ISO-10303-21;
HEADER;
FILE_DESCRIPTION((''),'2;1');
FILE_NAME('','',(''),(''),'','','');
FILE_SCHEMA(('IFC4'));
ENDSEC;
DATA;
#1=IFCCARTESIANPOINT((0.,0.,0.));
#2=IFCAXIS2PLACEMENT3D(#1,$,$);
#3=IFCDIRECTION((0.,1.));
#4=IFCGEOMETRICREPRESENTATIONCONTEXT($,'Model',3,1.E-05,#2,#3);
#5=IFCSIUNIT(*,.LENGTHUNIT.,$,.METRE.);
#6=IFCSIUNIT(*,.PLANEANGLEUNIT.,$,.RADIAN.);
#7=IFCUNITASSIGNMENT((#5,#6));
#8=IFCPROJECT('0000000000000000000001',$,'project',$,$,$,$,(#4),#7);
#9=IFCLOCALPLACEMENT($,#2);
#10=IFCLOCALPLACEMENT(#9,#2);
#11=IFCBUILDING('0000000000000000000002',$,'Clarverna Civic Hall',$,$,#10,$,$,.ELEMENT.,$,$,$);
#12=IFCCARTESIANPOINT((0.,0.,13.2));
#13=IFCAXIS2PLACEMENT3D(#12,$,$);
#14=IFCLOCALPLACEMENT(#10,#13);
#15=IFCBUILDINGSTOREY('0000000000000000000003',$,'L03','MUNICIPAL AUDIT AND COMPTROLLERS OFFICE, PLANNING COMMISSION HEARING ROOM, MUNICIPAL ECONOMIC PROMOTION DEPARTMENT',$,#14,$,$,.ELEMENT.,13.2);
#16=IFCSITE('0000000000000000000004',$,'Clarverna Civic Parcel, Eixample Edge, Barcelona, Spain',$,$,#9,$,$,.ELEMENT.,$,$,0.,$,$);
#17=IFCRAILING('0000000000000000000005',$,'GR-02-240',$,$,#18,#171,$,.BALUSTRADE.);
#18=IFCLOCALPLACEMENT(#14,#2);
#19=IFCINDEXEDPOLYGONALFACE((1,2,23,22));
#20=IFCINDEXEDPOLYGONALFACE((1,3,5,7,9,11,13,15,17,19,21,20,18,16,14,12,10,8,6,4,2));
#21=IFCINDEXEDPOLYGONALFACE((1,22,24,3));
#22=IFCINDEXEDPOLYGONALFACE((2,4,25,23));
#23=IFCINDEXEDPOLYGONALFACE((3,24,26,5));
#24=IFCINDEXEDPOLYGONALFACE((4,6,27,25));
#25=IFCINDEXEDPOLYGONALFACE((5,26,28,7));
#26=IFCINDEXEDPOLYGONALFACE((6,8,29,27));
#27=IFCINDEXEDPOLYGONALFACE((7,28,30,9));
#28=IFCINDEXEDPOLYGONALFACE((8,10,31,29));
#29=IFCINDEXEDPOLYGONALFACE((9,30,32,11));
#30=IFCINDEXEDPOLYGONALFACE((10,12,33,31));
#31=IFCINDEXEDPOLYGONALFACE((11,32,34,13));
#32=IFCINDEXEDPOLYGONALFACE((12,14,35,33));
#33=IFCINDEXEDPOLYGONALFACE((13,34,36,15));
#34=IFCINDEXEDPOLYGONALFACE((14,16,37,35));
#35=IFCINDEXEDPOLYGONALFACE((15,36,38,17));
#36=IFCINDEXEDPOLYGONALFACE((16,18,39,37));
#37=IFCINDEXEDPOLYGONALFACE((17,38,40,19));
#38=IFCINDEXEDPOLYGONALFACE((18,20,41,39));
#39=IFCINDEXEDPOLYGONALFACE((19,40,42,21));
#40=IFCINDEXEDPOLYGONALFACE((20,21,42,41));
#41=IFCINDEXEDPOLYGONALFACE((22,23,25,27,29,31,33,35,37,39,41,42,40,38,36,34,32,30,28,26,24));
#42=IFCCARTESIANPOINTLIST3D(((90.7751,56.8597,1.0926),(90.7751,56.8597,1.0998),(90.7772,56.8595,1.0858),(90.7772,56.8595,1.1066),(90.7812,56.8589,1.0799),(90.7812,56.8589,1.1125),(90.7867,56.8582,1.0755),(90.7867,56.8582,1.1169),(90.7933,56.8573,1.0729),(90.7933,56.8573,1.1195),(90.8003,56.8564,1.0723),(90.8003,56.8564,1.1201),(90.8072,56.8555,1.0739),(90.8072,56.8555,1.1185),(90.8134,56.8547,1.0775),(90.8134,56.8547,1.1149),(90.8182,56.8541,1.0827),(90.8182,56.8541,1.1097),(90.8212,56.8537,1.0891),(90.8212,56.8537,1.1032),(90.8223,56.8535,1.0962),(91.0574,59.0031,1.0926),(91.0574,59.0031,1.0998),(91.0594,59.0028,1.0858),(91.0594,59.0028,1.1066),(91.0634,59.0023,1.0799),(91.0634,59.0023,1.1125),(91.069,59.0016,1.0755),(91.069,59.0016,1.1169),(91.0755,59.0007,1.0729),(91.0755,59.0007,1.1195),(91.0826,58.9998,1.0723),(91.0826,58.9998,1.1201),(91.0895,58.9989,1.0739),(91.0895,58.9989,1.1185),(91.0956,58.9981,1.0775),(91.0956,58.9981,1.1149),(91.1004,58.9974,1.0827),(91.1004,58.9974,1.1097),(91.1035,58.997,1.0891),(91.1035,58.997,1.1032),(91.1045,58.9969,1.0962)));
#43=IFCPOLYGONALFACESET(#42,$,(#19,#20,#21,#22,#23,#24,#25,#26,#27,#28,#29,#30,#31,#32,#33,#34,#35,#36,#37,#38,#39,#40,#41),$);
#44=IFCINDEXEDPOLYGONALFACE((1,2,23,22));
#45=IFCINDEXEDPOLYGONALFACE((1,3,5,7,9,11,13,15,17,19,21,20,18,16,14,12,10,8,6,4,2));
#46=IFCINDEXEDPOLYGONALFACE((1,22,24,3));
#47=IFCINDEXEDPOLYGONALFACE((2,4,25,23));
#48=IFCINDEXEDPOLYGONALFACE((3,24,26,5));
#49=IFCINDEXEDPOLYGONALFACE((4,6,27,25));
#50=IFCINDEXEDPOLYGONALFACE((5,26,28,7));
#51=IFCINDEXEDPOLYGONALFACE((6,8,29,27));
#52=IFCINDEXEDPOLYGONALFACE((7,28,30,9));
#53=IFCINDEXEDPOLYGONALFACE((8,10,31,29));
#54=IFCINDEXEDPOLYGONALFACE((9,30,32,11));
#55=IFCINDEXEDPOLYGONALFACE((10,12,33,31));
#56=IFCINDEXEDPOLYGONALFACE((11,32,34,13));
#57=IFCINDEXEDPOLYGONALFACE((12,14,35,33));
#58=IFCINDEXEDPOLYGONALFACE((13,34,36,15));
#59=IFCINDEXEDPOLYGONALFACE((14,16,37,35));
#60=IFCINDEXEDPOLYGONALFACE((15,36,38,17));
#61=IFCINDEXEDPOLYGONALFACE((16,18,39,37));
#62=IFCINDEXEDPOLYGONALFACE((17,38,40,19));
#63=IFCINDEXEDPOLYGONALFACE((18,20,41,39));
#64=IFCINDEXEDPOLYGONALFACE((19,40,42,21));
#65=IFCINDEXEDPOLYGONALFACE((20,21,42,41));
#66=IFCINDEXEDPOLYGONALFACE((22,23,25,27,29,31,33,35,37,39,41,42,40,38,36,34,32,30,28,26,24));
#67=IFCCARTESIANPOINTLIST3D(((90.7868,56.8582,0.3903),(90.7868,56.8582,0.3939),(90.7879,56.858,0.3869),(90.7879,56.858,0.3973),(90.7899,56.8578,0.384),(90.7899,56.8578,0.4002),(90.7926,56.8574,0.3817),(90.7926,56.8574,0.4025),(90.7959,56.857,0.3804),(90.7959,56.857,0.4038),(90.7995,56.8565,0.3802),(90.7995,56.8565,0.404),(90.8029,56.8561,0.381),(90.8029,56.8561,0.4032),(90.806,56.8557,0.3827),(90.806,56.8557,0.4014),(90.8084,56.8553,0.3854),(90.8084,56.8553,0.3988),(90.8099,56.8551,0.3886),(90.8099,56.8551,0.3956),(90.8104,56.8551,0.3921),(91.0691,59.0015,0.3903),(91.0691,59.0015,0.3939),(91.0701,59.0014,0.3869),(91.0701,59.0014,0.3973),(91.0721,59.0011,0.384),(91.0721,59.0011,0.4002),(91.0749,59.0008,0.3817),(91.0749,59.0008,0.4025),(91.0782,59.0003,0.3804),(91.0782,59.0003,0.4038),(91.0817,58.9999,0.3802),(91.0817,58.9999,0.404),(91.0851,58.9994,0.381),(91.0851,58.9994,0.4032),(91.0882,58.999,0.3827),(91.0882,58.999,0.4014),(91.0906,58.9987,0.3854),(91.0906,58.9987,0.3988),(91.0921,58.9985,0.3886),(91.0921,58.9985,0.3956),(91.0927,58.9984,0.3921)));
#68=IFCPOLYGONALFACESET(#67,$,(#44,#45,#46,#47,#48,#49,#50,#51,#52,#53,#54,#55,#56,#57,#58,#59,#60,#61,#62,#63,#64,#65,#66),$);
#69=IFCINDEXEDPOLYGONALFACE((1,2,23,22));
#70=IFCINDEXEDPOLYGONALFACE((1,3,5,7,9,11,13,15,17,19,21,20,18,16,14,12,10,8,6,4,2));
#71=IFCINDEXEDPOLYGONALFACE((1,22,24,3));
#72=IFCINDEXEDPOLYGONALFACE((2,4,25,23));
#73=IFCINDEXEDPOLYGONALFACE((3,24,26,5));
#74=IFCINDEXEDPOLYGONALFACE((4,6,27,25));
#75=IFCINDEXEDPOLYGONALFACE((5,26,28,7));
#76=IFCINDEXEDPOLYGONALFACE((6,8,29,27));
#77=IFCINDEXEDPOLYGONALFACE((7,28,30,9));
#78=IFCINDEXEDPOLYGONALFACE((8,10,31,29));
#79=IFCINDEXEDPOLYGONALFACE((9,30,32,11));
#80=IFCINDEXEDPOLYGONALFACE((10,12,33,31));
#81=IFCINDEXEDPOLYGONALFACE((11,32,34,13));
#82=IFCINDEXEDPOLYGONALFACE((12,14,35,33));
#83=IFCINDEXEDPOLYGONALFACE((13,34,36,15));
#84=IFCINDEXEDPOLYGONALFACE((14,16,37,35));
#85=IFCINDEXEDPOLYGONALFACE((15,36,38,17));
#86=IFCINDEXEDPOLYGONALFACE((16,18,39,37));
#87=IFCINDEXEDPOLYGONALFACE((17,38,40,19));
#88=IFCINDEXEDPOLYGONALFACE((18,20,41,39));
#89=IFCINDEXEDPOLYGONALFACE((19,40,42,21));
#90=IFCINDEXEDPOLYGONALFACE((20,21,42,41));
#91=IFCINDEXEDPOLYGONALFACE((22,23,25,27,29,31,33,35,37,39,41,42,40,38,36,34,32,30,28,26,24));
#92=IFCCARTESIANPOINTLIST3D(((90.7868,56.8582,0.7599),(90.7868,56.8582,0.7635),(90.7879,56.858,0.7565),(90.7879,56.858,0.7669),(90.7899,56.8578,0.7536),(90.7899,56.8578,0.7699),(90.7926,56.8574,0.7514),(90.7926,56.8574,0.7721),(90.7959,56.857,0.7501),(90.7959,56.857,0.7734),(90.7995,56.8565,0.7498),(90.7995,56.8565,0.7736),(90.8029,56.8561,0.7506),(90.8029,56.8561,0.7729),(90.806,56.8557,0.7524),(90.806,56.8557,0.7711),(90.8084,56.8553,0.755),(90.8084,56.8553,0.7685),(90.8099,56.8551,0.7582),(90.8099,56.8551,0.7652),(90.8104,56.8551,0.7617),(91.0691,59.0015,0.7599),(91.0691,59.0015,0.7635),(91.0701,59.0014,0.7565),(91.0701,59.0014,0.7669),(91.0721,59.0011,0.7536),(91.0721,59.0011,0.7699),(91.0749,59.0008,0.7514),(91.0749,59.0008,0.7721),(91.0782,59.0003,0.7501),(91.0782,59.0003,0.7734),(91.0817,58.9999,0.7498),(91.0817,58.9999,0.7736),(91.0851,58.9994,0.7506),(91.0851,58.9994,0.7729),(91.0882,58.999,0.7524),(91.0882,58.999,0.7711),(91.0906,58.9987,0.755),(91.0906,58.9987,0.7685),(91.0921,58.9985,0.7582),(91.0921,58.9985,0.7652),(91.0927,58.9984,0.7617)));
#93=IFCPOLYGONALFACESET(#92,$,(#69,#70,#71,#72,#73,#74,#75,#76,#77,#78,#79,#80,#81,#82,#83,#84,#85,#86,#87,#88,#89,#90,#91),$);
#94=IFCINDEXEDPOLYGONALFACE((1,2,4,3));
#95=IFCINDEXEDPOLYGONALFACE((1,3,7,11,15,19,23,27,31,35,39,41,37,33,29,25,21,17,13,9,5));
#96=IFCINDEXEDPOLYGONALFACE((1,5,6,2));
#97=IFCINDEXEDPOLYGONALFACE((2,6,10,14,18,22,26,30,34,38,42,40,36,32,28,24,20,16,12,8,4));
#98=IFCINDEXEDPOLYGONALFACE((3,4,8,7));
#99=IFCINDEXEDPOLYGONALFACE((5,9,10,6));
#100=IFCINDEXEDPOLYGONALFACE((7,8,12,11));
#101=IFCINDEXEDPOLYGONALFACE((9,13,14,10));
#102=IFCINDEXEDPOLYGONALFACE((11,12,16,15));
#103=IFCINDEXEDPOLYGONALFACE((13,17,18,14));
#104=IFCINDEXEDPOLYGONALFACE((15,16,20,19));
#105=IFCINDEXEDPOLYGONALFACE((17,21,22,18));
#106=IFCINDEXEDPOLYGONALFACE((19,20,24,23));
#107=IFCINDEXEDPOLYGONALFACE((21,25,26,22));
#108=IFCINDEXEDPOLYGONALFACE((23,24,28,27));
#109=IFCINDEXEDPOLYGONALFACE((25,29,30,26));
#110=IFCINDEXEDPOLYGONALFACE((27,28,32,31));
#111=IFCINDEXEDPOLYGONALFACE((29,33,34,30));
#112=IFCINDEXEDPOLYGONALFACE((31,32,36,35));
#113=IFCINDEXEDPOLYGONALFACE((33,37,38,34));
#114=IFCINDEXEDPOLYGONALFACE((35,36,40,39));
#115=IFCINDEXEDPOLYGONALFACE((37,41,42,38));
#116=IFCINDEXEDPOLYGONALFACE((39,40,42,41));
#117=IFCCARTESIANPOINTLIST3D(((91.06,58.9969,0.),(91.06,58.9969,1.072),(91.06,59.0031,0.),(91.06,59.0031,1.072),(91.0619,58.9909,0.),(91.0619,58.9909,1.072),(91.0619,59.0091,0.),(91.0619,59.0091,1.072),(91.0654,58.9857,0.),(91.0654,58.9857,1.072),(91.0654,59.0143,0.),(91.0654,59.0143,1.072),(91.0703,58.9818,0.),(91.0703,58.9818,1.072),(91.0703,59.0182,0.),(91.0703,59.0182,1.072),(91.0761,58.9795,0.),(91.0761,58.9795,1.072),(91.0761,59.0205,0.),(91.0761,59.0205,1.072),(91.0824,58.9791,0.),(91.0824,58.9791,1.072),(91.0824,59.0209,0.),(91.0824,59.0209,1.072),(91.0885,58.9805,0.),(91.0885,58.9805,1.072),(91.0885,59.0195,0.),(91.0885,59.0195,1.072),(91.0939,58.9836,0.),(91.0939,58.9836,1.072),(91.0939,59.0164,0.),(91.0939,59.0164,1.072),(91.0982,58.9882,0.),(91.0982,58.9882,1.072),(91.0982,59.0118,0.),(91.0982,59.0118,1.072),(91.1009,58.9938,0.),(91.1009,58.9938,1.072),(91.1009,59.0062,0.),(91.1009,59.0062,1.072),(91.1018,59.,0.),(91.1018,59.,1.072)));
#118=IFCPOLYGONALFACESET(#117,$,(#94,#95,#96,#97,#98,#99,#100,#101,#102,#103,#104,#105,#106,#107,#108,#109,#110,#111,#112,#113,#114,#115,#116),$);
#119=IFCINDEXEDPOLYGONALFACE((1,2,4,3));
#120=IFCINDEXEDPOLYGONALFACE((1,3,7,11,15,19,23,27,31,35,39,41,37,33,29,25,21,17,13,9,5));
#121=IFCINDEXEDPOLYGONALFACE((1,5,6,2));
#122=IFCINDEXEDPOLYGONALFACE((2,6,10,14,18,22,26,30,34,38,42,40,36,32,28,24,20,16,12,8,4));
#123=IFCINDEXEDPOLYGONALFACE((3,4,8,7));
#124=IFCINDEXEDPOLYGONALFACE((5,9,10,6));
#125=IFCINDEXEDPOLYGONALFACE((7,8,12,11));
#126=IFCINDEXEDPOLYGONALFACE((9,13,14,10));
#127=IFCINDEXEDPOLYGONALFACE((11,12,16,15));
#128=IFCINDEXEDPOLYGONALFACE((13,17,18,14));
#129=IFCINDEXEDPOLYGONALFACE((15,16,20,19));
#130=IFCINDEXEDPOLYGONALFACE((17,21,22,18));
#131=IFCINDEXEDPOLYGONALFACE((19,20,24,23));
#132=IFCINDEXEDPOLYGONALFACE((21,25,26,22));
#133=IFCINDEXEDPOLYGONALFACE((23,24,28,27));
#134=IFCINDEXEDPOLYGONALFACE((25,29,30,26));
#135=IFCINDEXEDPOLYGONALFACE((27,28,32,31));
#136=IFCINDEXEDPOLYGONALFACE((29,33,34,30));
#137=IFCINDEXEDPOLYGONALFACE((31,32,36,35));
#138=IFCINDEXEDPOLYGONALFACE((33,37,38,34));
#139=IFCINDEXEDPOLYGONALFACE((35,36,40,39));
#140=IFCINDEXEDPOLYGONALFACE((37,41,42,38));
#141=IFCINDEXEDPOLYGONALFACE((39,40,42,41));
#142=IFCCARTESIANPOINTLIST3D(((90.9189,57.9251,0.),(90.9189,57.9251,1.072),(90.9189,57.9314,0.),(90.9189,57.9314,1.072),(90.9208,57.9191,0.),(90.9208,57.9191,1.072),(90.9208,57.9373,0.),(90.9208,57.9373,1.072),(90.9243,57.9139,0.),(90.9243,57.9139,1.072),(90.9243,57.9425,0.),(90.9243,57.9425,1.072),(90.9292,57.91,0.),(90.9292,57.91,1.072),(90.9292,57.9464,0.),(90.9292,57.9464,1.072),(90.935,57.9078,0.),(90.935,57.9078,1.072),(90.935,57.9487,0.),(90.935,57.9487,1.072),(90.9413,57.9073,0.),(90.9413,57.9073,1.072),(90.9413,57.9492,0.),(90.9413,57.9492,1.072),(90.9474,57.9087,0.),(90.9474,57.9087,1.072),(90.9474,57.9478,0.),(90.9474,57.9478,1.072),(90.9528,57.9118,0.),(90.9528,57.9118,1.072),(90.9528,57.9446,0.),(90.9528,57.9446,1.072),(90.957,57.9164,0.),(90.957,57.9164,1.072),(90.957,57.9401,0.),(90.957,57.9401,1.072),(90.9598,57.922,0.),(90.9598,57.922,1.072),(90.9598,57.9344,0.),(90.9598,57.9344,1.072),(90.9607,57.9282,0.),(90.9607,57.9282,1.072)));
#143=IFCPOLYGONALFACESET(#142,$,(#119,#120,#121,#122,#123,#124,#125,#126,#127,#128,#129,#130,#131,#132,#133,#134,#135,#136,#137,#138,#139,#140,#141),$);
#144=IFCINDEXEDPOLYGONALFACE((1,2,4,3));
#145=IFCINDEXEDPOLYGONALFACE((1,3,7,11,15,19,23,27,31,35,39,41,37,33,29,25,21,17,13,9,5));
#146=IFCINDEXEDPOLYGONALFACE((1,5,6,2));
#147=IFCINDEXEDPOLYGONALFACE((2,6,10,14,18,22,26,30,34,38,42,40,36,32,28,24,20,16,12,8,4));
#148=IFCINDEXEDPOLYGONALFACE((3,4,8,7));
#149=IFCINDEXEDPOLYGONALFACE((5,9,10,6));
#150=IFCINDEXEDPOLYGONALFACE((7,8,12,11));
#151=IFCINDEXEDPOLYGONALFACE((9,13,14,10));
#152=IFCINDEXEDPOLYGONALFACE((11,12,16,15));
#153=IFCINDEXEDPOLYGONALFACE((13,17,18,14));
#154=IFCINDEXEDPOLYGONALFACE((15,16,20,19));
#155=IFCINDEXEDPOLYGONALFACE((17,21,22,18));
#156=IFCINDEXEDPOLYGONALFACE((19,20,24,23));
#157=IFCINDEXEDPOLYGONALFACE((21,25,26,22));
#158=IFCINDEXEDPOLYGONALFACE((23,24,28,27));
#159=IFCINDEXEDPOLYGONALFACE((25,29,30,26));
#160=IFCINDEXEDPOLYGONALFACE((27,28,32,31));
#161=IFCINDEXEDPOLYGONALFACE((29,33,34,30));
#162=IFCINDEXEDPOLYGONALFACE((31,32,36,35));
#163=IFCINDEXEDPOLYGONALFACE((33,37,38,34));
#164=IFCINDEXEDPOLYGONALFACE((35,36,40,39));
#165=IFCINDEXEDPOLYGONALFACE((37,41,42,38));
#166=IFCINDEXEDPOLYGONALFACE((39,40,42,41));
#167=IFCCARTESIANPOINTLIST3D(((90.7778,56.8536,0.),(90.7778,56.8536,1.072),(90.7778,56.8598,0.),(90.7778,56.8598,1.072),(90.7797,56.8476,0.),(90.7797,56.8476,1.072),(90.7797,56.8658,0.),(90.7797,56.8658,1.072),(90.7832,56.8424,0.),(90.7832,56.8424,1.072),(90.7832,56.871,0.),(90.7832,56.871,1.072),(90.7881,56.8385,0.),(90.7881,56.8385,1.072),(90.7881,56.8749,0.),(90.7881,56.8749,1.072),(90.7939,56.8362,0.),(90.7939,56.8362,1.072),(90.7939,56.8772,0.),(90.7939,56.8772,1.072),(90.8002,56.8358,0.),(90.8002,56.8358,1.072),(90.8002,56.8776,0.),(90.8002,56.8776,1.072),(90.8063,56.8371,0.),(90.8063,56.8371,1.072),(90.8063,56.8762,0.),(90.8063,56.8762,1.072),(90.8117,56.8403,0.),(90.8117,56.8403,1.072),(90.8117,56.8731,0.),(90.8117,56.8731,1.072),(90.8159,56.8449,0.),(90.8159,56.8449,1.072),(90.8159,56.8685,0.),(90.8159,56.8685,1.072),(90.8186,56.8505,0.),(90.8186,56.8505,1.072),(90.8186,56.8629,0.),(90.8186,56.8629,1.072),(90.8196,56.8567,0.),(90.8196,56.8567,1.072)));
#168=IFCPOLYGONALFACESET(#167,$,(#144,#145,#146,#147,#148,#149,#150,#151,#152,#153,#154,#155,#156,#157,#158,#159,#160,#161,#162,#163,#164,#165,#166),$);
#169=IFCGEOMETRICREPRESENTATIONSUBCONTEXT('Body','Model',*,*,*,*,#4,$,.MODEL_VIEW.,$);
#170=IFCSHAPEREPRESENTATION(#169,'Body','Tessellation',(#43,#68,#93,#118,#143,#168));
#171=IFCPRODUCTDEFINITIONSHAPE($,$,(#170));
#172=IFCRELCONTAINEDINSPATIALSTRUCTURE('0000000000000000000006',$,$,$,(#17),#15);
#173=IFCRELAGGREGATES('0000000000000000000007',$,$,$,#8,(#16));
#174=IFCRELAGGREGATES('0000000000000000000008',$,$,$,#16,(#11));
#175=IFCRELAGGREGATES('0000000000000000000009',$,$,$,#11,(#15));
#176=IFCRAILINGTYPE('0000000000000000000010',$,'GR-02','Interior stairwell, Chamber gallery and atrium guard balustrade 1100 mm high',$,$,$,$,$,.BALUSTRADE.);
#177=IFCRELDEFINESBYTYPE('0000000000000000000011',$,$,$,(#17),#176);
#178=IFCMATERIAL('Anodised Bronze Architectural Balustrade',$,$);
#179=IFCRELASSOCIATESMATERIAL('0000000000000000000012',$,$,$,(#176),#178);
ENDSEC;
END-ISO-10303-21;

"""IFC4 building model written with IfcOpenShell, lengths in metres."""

from ifc_helpers import new_model, si_unit, direction, frame, origin, origin_2d, place, context, subcontext, project, spatial, circle, extrude, material, type_object, element, save


model = new_model("IFC4")

# Units and contexts
model_context = context("Model", 3, precision=1e-05, world=origin(), true_north=direction((0.0, 1.0)))
body_context = subcontext(model_context, "Body", "Model", "MODEL_VIEW")
ifc_project = project(units=[si_unit("LENGTHUNIT", "METRE"), si_unit("PLANEANGLEUNIT", "RADIAN")], contexts=[model_context])

# Site, building, storey
site_placement = place(None, origin())
site = spatial("IfcSite", under=ifc_project, at=site_placement, Name="Clarverna Civic Parcel, Eixample Edge, Barcelona, Spain", CompositionType="ELEMENT", RefElevation=0.0)
building_placement = place(site_placement, origin())
building = spatial("IfcBuilding", under=site, at=building_placement, Name="Clarverna Civic Hall", CompositionType="ELEMENT")
storey_placement = place(building_placement, frame((0.0, 0.0, 13.2)))
storey = spatial("IfcBuildingStorey", under=building, at=storey_placement, Name="L03", Description="MUNICIPAL AUDIT AND COMPTROLLERS OFFICE, PLANNING COMMISSION HEARING ROOM, MUNICIPAL ECONOMIC PROMOTION DEPARTMENT", CompositionType="ELEMENT", Elevation=13.2)

# Railing
ifc_material_1 = material(Name="Anodised Bronze Architectural Balustrade")
railing_type = type_object("IfcRailingType", Name="GR-02", Description="Interior stairwell, Chamber gallery and atrium guard balustrade 1100 mm high", PredefinedType="BALUSTRADE", material=ifc_material_1)
railing_1_placement = place(storey_placement, frame((91.0808, 59.0, 0.0)))
element("IfcRailing", 1, at=railing_1_placement, inside=storey, type_object=railing_type, Name="GR-02-240", PredefinedType="BALUSTRADE", context=body_context, shape_type="SweptSolid", body=[
    extrude(circle(Radius=0.0239, at=origin_2d()), frame((0.0, 0.0, 1.0962), z_axis=(-0.130551, -0.991442, 0.0), x_axis=(0.991442, -0.130551, 0.0)), (0.0, 0.0, 1.0), 2.1619),
    extrude(circle(Radius=0.012, at=origin_2d()), frame((0.0, 0.0, 0.3921), z_axis=(-0.130551, -0.991442, 0.0), x_axis=(0.991442, -0.130551, 0.0)), (0.0, 0.0, 1.0), 2.1619),
    extrude(circle(Radius=0.012, at=origin_2d()), frame((0.0, 0.0, 0.7617), z_axis=(-0.130551, -0.991442, 0.0), x_axis=(0.991442, -0.130551, 0.0)), (0.0, 0.0, 1.0), 2.1619),
    extrude(circle(Radius=0.021, at=origin_2d()), origin(), (0.0, 0.0, 1.0), 1.072),
    extrude(circle(Radius=0.021, at=origin_2d()), frame((-0.1411, -1.0718, 0.0)), (0.0, 0.0, 1.0), 1.072),
    extrude(circle(Radius=0.021, at=origin_2d()), frame((-0.2822, -2.1433, 0.0)), (0.0, 0.0, 1.0), 1.072),
])

save(model, "model.ifc")
